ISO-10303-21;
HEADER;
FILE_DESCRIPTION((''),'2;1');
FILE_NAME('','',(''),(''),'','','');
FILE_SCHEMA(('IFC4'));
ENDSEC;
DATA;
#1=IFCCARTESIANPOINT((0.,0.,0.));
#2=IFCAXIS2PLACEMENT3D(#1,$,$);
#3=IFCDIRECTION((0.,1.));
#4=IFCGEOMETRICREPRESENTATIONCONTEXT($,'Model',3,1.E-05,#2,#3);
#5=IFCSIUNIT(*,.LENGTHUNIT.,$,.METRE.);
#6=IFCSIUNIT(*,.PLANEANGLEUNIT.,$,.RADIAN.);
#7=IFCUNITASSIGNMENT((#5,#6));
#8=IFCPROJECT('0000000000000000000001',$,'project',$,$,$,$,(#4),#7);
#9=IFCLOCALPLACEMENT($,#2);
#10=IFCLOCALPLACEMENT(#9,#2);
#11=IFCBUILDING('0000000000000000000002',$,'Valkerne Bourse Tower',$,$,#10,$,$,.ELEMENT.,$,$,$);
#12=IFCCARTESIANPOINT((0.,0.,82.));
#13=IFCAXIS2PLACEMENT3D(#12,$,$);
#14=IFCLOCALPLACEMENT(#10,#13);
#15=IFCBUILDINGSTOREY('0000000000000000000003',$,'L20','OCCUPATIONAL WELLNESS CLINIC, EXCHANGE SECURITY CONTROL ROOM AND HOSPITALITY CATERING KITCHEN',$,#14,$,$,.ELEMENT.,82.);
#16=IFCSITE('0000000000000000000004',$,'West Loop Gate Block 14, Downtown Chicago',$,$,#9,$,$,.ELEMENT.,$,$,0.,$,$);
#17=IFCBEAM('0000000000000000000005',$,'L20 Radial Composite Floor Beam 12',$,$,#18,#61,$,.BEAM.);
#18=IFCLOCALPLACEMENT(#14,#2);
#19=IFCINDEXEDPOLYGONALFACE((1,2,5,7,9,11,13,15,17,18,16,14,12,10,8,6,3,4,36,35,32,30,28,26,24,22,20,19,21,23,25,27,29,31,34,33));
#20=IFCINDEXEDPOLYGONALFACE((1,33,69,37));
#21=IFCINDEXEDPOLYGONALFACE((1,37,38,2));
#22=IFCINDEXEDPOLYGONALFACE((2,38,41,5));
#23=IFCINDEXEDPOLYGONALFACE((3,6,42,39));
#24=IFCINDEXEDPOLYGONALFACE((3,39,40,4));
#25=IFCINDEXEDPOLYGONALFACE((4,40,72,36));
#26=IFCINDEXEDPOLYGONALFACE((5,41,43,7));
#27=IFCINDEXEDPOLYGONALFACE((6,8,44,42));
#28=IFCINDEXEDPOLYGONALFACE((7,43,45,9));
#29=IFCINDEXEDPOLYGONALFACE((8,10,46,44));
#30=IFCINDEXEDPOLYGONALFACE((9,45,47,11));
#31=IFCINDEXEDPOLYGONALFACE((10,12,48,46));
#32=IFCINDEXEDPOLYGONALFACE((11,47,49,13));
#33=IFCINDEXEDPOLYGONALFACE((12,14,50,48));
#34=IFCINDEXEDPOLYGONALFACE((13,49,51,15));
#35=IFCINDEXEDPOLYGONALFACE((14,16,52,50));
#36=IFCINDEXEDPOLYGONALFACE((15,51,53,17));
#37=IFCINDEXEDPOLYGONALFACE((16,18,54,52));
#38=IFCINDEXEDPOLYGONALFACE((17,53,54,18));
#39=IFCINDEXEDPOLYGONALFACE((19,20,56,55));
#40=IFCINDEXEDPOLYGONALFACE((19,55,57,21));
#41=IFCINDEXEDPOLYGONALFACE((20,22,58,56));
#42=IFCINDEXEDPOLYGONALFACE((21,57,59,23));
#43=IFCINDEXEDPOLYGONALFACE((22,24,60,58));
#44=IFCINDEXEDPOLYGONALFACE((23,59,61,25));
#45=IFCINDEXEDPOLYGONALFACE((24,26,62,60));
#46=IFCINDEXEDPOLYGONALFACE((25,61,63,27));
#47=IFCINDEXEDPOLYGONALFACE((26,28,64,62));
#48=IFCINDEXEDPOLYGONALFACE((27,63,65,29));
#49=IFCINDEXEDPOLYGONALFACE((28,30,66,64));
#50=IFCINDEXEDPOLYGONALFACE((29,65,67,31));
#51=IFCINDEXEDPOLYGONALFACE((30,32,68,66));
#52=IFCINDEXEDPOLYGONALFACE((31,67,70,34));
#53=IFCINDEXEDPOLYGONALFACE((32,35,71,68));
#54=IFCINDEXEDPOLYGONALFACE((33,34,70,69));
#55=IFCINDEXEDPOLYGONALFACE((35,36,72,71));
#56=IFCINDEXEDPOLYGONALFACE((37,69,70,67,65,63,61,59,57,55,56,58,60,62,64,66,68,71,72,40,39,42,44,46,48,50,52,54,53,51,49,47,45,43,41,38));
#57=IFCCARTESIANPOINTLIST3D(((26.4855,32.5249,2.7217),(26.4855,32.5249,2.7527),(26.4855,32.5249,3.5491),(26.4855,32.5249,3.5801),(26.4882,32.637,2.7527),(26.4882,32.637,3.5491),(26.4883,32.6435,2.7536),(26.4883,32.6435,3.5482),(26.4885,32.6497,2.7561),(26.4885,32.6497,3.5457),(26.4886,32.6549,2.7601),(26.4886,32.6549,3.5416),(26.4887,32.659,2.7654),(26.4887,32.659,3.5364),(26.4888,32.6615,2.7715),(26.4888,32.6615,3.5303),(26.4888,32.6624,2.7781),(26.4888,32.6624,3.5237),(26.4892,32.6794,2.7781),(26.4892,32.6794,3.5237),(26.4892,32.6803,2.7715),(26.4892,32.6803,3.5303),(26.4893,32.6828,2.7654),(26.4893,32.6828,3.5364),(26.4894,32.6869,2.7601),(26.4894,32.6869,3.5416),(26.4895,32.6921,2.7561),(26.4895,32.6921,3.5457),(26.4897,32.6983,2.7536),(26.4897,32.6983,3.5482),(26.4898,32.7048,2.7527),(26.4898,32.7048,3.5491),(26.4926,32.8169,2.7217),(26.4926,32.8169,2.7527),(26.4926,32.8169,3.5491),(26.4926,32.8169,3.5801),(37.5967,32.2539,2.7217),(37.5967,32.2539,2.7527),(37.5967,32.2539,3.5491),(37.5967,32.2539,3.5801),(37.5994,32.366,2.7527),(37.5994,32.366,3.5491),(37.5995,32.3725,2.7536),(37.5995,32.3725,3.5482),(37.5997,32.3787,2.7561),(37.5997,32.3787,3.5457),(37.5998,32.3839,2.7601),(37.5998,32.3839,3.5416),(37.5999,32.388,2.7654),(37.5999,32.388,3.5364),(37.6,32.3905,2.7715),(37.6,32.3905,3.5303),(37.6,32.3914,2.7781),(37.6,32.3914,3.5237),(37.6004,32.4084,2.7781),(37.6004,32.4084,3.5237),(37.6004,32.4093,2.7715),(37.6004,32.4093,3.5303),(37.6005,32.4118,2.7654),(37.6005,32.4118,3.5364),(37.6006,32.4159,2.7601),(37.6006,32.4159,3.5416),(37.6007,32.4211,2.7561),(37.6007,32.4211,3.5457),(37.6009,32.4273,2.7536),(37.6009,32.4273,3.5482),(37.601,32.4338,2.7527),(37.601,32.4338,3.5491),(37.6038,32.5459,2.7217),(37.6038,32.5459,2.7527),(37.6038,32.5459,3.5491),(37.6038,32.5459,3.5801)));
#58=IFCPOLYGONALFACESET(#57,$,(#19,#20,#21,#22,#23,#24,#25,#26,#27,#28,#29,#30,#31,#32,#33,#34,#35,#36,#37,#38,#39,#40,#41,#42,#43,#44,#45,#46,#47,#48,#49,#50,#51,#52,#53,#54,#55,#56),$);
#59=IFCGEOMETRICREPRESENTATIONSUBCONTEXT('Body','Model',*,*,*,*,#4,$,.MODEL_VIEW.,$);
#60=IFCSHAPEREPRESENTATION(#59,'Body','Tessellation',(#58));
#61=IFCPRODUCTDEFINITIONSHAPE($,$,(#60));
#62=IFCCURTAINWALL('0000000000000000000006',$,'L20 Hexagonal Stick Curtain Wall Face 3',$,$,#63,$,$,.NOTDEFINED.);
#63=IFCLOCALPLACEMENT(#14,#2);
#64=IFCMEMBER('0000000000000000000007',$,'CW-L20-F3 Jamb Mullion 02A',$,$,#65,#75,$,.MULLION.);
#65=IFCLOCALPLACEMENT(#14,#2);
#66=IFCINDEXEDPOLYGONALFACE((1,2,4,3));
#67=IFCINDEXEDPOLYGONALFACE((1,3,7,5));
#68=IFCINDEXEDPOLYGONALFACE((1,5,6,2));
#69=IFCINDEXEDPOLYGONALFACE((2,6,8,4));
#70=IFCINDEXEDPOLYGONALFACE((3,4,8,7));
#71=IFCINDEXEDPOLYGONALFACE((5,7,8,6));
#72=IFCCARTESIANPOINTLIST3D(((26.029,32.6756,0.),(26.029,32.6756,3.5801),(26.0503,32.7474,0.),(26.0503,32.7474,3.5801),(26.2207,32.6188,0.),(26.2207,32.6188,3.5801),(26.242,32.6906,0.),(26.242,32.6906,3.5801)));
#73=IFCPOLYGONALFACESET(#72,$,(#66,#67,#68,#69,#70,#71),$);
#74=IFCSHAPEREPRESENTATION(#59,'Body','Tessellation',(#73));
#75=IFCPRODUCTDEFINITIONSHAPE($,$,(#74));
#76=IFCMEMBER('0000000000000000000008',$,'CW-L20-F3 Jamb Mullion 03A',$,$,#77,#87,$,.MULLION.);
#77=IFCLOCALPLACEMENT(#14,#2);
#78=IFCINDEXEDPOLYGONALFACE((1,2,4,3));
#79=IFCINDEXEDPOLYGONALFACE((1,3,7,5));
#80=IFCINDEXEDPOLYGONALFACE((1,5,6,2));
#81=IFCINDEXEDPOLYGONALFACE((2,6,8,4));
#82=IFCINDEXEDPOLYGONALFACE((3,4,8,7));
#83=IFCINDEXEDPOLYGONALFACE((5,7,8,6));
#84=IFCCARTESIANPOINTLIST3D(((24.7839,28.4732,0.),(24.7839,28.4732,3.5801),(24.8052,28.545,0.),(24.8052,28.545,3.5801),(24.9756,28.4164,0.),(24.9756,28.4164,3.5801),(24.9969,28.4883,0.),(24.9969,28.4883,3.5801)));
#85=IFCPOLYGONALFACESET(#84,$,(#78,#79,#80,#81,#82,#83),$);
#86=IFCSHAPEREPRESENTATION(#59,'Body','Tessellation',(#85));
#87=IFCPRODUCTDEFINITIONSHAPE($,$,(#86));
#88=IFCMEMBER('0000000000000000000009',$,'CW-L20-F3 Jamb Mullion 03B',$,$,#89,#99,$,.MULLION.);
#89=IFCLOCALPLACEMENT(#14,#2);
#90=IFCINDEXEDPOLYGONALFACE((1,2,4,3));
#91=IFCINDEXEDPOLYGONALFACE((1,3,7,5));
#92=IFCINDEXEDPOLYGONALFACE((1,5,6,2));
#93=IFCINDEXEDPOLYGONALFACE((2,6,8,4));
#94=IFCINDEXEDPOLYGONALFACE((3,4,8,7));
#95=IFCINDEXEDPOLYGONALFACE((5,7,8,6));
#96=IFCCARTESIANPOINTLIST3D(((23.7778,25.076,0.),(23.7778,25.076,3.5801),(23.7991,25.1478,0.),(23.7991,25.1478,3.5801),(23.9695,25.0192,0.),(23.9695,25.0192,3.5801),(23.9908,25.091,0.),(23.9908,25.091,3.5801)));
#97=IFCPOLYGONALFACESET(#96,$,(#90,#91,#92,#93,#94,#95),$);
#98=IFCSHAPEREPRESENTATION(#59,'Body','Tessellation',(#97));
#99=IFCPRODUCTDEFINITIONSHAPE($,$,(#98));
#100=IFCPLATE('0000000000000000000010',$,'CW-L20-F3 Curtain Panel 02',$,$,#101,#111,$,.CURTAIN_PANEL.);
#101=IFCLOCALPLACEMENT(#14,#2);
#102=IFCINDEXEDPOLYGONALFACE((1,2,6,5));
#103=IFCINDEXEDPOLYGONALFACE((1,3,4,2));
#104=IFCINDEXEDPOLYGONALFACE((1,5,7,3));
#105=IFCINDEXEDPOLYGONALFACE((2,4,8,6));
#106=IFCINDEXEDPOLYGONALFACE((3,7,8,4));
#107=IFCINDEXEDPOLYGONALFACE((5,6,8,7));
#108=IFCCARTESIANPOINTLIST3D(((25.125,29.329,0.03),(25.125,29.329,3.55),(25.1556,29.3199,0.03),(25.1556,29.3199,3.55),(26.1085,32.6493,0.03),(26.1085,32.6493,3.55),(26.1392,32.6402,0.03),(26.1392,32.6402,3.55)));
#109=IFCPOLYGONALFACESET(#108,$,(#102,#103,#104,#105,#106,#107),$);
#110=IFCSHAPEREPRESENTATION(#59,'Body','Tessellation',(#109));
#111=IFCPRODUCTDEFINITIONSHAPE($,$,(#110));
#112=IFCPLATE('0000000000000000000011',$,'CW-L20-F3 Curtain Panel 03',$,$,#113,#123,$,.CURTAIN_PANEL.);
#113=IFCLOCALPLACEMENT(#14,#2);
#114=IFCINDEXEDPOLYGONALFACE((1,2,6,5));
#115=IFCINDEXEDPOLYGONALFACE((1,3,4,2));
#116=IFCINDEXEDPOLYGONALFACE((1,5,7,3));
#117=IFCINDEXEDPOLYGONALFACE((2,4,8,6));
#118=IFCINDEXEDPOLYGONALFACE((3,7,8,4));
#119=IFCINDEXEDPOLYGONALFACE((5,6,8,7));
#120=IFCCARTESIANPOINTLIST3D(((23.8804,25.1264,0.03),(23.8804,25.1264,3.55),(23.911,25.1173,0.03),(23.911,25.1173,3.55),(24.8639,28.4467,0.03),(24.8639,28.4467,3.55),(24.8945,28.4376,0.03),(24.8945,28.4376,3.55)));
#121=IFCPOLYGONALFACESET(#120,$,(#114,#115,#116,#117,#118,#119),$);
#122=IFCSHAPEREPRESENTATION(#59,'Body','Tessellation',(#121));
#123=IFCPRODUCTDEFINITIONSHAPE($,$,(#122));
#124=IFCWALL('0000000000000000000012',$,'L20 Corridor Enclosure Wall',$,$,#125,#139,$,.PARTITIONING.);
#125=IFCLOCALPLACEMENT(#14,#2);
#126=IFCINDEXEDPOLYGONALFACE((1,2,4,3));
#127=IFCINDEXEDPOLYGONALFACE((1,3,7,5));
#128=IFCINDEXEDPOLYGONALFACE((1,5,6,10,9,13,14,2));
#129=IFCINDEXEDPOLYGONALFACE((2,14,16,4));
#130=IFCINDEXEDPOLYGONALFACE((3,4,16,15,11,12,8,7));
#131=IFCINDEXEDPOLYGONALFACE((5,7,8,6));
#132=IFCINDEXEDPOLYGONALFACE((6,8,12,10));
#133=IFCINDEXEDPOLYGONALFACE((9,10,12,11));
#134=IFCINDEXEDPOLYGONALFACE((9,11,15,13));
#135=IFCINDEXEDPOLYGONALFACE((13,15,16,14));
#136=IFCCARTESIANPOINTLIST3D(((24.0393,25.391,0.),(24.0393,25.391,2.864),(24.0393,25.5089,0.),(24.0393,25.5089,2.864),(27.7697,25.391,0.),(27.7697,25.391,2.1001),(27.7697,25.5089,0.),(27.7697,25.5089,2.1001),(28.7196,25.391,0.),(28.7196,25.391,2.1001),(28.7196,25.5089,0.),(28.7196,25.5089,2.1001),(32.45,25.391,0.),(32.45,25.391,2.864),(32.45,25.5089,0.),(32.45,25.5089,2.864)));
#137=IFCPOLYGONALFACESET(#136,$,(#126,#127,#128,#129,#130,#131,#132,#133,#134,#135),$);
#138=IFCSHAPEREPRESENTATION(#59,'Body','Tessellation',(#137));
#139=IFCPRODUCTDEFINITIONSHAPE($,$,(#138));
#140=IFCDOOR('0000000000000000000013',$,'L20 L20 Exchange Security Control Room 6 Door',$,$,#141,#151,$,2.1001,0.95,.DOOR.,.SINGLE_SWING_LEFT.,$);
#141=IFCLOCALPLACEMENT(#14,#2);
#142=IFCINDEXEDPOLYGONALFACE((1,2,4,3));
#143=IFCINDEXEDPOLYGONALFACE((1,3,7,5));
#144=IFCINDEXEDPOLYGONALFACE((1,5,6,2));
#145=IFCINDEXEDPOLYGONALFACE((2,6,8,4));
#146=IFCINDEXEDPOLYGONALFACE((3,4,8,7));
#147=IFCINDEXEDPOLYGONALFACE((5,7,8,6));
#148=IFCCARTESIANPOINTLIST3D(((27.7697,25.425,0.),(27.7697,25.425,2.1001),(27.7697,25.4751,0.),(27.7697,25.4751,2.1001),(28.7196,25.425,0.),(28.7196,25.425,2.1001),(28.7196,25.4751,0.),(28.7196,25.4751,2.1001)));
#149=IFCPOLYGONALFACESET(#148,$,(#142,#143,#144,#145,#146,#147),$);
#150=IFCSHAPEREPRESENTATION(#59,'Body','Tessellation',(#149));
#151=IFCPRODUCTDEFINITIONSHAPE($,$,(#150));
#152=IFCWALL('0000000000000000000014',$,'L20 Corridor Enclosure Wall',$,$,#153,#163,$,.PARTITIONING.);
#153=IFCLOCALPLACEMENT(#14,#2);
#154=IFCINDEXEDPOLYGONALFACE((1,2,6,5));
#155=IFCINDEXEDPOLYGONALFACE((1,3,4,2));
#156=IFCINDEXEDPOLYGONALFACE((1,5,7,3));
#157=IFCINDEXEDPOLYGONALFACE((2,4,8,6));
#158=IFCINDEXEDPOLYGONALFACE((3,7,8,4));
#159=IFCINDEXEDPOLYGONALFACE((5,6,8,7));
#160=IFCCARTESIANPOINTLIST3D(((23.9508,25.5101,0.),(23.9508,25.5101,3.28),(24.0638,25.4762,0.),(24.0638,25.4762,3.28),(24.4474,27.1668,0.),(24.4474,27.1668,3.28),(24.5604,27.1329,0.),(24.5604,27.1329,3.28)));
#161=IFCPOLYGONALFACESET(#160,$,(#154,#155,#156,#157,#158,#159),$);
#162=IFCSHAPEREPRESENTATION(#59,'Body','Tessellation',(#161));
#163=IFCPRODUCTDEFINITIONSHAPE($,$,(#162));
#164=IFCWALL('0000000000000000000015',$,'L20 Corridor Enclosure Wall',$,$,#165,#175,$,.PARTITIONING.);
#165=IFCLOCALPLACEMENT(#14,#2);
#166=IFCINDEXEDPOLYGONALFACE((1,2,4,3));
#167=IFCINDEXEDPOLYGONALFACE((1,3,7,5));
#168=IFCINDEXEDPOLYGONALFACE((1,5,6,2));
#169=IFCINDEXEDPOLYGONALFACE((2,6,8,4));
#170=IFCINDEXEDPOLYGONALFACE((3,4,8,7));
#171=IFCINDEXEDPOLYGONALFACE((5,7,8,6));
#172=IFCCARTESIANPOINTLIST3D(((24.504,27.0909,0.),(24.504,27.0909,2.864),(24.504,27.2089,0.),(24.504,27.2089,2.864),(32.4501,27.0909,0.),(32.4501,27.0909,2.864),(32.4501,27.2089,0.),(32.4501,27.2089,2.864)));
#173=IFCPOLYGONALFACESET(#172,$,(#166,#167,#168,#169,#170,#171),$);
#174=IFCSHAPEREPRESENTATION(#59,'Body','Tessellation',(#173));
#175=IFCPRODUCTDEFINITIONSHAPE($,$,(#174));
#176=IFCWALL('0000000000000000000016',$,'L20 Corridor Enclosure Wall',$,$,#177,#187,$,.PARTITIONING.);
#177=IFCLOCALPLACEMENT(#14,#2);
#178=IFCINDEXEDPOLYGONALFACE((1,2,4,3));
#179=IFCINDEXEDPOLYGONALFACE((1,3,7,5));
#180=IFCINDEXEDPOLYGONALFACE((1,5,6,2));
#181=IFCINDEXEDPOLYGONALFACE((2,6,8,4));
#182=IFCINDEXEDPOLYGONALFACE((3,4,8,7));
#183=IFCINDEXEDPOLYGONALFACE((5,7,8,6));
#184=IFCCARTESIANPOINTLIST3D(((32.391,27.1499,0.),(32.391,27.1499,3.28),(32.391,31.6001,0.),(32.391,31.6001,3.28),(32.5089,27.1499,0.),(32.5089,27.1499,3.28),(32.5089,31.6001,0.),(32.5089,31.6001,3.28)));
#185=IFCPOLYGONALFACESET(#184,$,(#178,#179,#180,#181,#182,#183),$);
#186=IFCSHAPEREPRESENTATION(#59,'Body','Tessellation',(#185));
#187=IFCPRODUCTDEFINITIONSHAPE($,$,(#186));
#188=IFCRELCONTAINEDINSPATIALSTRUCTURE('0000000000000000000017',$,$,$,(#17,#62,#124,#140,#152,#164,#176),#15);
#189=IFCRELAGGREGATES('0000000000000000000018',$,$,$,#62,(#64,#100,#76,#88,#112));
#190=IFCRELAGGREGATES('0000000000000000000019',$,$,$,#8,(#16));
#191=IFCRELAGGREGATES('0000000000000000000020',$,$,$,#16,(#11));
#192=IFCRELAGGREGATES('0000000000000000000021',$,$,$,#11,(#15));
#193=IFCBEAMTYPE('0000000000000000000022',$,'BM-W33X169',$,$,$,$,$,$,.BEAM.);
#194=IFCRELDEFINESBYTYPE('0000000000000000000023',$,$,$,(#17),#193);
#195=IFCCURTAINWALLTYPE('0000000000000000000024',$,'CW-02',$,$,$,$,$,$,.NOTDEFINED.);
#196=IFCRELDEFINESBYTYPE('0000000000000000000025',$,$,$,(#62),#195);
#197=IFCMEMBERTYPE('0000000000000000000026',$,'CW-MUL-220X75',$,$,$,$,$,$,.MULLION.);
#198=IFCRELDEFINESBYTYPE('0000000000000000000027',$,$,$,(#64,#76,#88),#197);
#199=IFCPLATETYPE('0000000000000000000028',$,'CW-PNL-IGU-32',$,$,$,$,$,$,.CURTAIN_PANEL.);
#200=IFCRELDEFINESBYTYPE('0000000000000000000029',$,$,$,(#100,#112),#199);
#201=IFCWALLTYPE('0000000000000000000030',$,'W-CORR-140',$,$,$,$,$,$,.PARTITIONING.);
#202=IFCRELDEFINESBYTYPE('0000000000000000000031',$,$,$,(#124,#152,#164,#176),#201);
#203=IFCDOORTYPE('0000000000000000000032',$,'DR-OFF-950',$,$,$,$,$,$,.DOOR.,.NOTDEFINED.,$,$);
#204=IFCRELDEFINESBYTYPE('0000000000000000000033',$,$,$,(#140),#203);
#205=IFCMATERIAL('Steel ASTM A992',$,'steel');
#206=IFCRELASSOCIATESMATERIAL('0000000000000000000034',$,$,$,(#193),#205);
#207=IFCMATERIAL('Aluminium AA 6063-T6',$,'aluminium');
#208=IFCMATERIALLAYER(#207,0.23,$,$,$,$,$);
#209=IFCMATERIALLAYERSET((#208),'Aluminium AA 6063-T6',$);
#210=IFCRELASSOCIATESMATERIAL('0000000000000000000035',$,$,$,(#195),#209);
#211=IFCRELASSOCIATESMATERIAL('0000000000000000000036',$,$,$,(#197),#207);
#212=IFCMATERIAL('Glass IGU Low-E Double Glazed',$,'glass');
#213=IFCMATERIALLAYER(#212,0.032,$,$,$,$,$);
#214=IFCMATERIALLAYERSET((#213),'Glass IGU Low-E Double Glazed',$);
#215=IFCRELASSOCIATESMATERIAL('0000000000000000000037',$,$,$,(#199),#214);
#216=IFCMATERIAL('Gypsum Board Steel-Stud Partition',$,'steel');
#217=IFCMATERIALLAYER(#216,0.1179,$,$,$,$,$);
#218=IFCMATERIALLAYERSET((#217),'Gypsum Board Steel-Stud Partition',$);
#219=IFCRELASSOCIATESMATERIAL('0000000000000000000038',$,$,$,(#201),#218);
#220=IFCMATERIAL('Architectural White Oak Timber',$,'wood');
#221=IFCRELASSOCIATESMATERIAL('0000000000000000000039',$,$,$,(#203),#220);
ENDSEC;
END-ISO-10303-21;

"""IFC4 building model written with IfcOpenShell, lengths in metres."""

from ifc_helpers import new_model, si_unit, direction, frame, frame_2d, origin, origin_2d, place, context, subcontext, project, spatial, rectangle, i_section, extrude, material, layer, layer_set, material_profile, profile_set, type_object, element, fill, aggregate, save


model = new_model("IFC4")

# Units and contexts
model_context = context("Model", 3, precision=1e-05, world=origin(), true_north=direction((0.0, 1.0)))
body_context = subcontext(model_context, "Body", "Model", "MODEL_VIEW")
ifc_project = project(units=[si_unit("LENGTHUNIT", "METRE"), si_unit("PLANEANGLEUNIT", "RADIAN")], contexts=[model_context])

# Site, building, storey
site_placement = place(None, origin())
site = spatial("IfcSite", under=ifc_project, at=site_placement, Name="West Loop Gate Block 14, Downtown Chicago", CompositionType="ELEMENT", RefElevation=0.0)
building_placement = place(site_placement, origin())
building = spatial("IfcBuilding", under=site, at=building_placement, Name="Valkerne Bourse Tower", CompositionType="ELEMENT")
storey_placement = place(building_placement, frame((0.0, 0.0, 82.0)))
storey = spatial("IfcBuildingStorey", under=building, at=storey_placement, Name="L20", Description="OCCUPATIONAL WELLNESS CLINIC, EXCHANGE SECURITY CONTROL ROOM AND HOSPITALITY CATERING KITCHEN", CompositionType="ELEMENT", Elevation=82.0)

# Beam
ifc_material_1 = material(Name="Steel ASTM A992", Category="steel")
ifc_material_profile_1 = material_profile(ifc_material_1, i_section(OverallWidth=0.292, OverallDepth=0.8584, WebThickness=0.0171, FlangeThickness=0.031, FilletRadius=0.0254, at=origin_2d()), Name="W33X169")
ifc_profile_set_1 = profile_set([ifc_material_profile_1], Name="Steel ASTM A992")
beam_type_1 = type_object("IfcBeamType", Name="BM-W33X169", PredefinedType="BEAM", material=ifc_profile_set_1)
beam_placement = place(storey_placement, frame((26.489, 32.6709, 3.1509), z_axis=(0.999703, -0.024382, 0.0), x_axis=(0.024382, 0.999703, 0.0)))
element("IfcBeam", 1, at=beam_placement, inside=storey, type_object=beam_type_1, Name="L20 Radial Composite Floor Beam 12", PredefinedType="BEAM", context=body_context, shape_type="SweptSolid", body=[
    extrude(i_section(OverallWidth=0.292, OverallDepth=0.8584, WebThickness=0.0171, FlangeThickness=0.031, FilletRadius=0.0254, at=origin_2d()), origin(), (0.0, 0.0, 1.0), 11.1145),
])

# Curtain wall, members, plates
ifc_material_2 = material(Name="Aluminium AA 6063-T6", Category="aluminium")
ifc_layer_1 = layer(ifc_material_2, 0.23)
ifc_layer_set_1 = layer_set([ifc_layer_1], Name="Aluminium AA 6063-T6")
curtain_wall_type = type_object("IfcCurtainWallType", Name="CW-02", PredefinedType="NOTDEFINED", material=ifc_layer_set_1)
curtain_wall_placement = place(storey_placement, origin())
curtain_wall = element("IfcCurtainWall", 2, at=curtain_wall_placement, inside=storey, type_object=curtain_wall_type, Name="L20 Hexagonal Stick Curtain Wall Face 3", PredefinedType="NOTDEFINED")
ifc_material_profile_2 = material_profile(ifc_material_2, rectangle(XDim=0.075, YDim=0.2, at=origin_2d()), Name="CWM-75X200")
ifc_profile_set_2 = profile_set([ifc_material_profile_2], Name="Aluminium AA 6063-T6")
member_type = type_object("IfcMemberType", Name="CW-MUL-220X75", PredefinedType="MULLION", material=ifc_profile_set_2)
member_1_placement = place(storey_placement, frame((26.1355, 32.6831, 0.0), z_axis=(0.0, 0.0, 1.0), x_axis=(-0.284029, -0.958816, 0.0)))
member_1 = element("IfcMember", 3, at=member_1_placement, type_object=member_type, Name="CW-L20-F3 Jamb Mullion 02A", PredefinedType="MULLION", context=body_context, shape_type="SweptSolid", body=[
    extrude(rectangle(XDim=0.075, YDim=0.2, at=origin_2d()), origin(), (0.0, 0.0, 1.0), 3.5801),
])
member_2_placement = place(storey_placement, frame((24.8904, 28.4807, 0.0), z_axis=(0.0, 0.0, 1.0), x_axis=(-0.284008, -0.958822, 0.0)))
member_2 = element("IfcMember", 4, at=member_2_placement, type_object=member_type, Name="CW-L20-F3 Jamb Mullion 03A", PredefinedType="MULLION", context=body_context, shape_type="SweptSolid", body=[
    extrude(rectangle(XDim=0.075, YDim=0.2, at=origin_2d()), origin(), (0.0, 0.0, 1.0), 3.5801),
])
member_3_placement = place(storey_placement, frame((23.8843, 25.0835, 0.0), z_axis=(0.0, 0.0, 1.0), x_axis=(-0.284008, -0.958822, 0.0)))
member_3 = element("IfcMember", 5, at=member_3_placement, type_object=member_type, Name="CW-L20-F3 Jamb Mullion 03B", PredefinedType="MULLION", context=body_context, shape_type="SweptSolid", body=[
    extrude(rectangle(XDim=0.075, YDim=0.2, at=origin_2d()), origin(), (0.0, 0.0, 1.0), 3.5801),
])
ifc_material_3 = material(Name="Glass IGU Low-E Double Glazed", Category="glass")
ifc_layer_2 = layer(ifc_material_3, 0.032)
ifc_layer_set_2 = layer_set([ifc_layer_2], Name="Glass IGU Low-E Double Glazed")
plate_type = type_object("IfcPlateType", Name="CW-PNL-IGU-32", PredefinedType="CURTAIN_PANEL", material=ifc_layer_set_2)
plate_1_placement = place(storey_placement, frame((25.6321, 30.9846, 0.03), z_axis=(0.0, 0.0, 1.0), x_axis=(-0.284029, -0.958816, 0.0)))
plate_1 = element("IfcPlate", 6, at=plate_1_placement, type_object=plate_type, Name="CW-L20-F3 Curtain Panel 02", PredefinedType="CURTAIN_PANEL", context=body_context, shape_type="SweptSolid", body=[
    extrude(rectangle(XDim=3.4629, YDim=0.032, at=origin_2d()), origin(), (0.0, 0.0, 1.0), 3.52),
])
plate_2_placement = place(storey_placement, frame((24.3875, 26.782, 0.03), z_axis=(0.0, 0.0, 1.0), x_axis=(-0.284008, -0.958822, 0.0)))
plate_2 = element("IfcPlate", 7, at=plate_2_placement, type_object=plate_type, Name="CW-L20-F3 Curtain Panel 03", PredefinedType="CURTAIN_PANEL", context=body_context, shape_type="SweptSolid", body=[
    extrude(rectangle(XDim=3.4629, YDim=0.032, at=origin_2d()), origin(), (0.0, 0.0, 1.0), 3.52),
])
aggregate(curtain_wall, [member_1, plate_1, member_2, member_3, plate_2])

# Wall, opening, door
ifc_material_4 = material(Name="Gypsum Board Steel-Stud Partition", Category="steel")
ifc_layer_3 = layer(ifc_material_4, 0.1179)
ifc_layer_set_3 = layer_set([ifc_layer_3], Name="Gypsum Board Steel-Stud Partition")
wall_type_1 = type_object("IfcWallType", Name="W-CORR-140", PredefinedType="PARTITIONING", material=ifc_layer_set_3)
wall_1_placement = place(storey_placement, frame((32.45, 25.45, 0.0), z_axis=(0.0, 0.0, 1.0), x_axis=(-1.0, 0.0, 0.0)))
wall_1 = element("IfcWall", 8, at=wall_1_placement, inside=storey, type_object=wall_type_1, Name="L20 Corridor Enclosure Wall", PredefinedType="PARTITIONING", context=body_context, shape_type="SweptSolid", body=[
    extrude(rectangle(XDim=8.4106, YDim=0.1179, at=frame_2d((4.2053, 0.0))), origin(), (0.0, 0.0, 1.0), 2.864),
])
opening_1_placement = place(wall_1_placement, frame((3.7302, 0.0, 0.0)))
opening_1 = element("IfcOpeningElement", 9, at=opening_1_placement, cuts=wall_1, PredefinedType="OPENING", context=body_context, shape_type="SweptSolid", body=[
    extrude(rectangle(XDim=0.95, YDim=2.1001, at=frame_2d((0.4751, 1.05))), frame((0.0, 0.0688, 0.0), z_axis=(0.0, -1.0, 0.0), x_axis=(1.0, 0.0, 0.0)), (0.0, 0.0, 1.0), 0.1379),
])
ifc_material_5 = material(Name="Architectural White Oak Timber", Category="wood")
door_type = type_object("IfcDoorType", Name="DR-OFF-950", OperationType="NOTDEFINED", PredefinedType="DOOR", material=ifc_material_5)
door_1_placement = place(opening_1_placement, origin())
door_1 = element("IfcDoor", 10, at=door_1_placement, inside=storey, type_object=door_type, Name="L20 L20 Exchange Security Control Room 6 Door", OperationType="SINGLE_SWING_LEFT", OverallHeight=2.1001, OverallWidth=0.95, PredefinedType="DOOR", context=body_context, shape_type="SweptSolid", body=[
    extrude(rectangle(XDim=0.95, YDim=2.1001, at=frame_2d((0.4751, 1.05))), frame((0.0, 0.0249, 0.0), z_axis=(0.0, -1.0, 0.0), x_axis=(1.0, 0.0, 0.0)), (0.0, 0.0, 1.0), 0.05),
])
fill(opening_1, door_1)

# Walls
wall_2_placement = place(storey_placement, frame((24.0073, 25.4932, 0.0), z_axis=(0.0, 0.0, 1.0), x_axis=(0.287115, 0.957896, 0.0)))
element("IfcWall", 11, at=wall_2_placement, inside=storey, type_object=wall_type_1, Name="L20 Corridor Enclosure Wall", PredefinedType="PARTITIONING", context=body_context, shape_type="SweptSolid", body=[
    extrude(rectangle(XDim=1.7295, YDim=0.1179, at=frame_2d((0.8647, 0.0))), origin(), (0.0, 0.0, 1.0), 3.28),
])
wall_3_placement = place(storey_placement, frame((24.5039, 27.1499, 0.0), z_axis=(0.0, 0.0, 1.0), x_axis=(1.0, 0.0, 0.0)))
element("IfcWall", 12, at=wall_3_placement, inside=storey, type_object=wall_type_1, Name="L20 Corridor Enclosure Wall", PredefinedType="PARTITIONING", context=body_context, shape_type="SweptSolid", body=[
    extrude(rectangle(XDim=7.946, YDim=0.1179, at=frame_2d((3.9731, 0.0))), origin(), (0.0, 0.0, 1.0), 2.864),
])
wall_4_placement = place(storey_placement, frame((32.45, 27.1499, 0.0), z_axis=(0.0, 0.0, 1.0), x_axis=(0.0, 1.0, 0.0)))
element("IfcWall", 13, at=wall_4_placement, inside=storey, type_object=wall_type_1, Name="L20 Corridor Enclosure Wall", PredefinedType="PARTITIONING", context=body_context, shape_type="SweptSolid", body=[
    extrude(rectangle(XDim=4.4502, YDim=0.1179, at=frame_2d((2.2251, 0.0))), origin(), (0.0, 0.0, 1.0), 3.28),
])

save(model, "model.ifc")
